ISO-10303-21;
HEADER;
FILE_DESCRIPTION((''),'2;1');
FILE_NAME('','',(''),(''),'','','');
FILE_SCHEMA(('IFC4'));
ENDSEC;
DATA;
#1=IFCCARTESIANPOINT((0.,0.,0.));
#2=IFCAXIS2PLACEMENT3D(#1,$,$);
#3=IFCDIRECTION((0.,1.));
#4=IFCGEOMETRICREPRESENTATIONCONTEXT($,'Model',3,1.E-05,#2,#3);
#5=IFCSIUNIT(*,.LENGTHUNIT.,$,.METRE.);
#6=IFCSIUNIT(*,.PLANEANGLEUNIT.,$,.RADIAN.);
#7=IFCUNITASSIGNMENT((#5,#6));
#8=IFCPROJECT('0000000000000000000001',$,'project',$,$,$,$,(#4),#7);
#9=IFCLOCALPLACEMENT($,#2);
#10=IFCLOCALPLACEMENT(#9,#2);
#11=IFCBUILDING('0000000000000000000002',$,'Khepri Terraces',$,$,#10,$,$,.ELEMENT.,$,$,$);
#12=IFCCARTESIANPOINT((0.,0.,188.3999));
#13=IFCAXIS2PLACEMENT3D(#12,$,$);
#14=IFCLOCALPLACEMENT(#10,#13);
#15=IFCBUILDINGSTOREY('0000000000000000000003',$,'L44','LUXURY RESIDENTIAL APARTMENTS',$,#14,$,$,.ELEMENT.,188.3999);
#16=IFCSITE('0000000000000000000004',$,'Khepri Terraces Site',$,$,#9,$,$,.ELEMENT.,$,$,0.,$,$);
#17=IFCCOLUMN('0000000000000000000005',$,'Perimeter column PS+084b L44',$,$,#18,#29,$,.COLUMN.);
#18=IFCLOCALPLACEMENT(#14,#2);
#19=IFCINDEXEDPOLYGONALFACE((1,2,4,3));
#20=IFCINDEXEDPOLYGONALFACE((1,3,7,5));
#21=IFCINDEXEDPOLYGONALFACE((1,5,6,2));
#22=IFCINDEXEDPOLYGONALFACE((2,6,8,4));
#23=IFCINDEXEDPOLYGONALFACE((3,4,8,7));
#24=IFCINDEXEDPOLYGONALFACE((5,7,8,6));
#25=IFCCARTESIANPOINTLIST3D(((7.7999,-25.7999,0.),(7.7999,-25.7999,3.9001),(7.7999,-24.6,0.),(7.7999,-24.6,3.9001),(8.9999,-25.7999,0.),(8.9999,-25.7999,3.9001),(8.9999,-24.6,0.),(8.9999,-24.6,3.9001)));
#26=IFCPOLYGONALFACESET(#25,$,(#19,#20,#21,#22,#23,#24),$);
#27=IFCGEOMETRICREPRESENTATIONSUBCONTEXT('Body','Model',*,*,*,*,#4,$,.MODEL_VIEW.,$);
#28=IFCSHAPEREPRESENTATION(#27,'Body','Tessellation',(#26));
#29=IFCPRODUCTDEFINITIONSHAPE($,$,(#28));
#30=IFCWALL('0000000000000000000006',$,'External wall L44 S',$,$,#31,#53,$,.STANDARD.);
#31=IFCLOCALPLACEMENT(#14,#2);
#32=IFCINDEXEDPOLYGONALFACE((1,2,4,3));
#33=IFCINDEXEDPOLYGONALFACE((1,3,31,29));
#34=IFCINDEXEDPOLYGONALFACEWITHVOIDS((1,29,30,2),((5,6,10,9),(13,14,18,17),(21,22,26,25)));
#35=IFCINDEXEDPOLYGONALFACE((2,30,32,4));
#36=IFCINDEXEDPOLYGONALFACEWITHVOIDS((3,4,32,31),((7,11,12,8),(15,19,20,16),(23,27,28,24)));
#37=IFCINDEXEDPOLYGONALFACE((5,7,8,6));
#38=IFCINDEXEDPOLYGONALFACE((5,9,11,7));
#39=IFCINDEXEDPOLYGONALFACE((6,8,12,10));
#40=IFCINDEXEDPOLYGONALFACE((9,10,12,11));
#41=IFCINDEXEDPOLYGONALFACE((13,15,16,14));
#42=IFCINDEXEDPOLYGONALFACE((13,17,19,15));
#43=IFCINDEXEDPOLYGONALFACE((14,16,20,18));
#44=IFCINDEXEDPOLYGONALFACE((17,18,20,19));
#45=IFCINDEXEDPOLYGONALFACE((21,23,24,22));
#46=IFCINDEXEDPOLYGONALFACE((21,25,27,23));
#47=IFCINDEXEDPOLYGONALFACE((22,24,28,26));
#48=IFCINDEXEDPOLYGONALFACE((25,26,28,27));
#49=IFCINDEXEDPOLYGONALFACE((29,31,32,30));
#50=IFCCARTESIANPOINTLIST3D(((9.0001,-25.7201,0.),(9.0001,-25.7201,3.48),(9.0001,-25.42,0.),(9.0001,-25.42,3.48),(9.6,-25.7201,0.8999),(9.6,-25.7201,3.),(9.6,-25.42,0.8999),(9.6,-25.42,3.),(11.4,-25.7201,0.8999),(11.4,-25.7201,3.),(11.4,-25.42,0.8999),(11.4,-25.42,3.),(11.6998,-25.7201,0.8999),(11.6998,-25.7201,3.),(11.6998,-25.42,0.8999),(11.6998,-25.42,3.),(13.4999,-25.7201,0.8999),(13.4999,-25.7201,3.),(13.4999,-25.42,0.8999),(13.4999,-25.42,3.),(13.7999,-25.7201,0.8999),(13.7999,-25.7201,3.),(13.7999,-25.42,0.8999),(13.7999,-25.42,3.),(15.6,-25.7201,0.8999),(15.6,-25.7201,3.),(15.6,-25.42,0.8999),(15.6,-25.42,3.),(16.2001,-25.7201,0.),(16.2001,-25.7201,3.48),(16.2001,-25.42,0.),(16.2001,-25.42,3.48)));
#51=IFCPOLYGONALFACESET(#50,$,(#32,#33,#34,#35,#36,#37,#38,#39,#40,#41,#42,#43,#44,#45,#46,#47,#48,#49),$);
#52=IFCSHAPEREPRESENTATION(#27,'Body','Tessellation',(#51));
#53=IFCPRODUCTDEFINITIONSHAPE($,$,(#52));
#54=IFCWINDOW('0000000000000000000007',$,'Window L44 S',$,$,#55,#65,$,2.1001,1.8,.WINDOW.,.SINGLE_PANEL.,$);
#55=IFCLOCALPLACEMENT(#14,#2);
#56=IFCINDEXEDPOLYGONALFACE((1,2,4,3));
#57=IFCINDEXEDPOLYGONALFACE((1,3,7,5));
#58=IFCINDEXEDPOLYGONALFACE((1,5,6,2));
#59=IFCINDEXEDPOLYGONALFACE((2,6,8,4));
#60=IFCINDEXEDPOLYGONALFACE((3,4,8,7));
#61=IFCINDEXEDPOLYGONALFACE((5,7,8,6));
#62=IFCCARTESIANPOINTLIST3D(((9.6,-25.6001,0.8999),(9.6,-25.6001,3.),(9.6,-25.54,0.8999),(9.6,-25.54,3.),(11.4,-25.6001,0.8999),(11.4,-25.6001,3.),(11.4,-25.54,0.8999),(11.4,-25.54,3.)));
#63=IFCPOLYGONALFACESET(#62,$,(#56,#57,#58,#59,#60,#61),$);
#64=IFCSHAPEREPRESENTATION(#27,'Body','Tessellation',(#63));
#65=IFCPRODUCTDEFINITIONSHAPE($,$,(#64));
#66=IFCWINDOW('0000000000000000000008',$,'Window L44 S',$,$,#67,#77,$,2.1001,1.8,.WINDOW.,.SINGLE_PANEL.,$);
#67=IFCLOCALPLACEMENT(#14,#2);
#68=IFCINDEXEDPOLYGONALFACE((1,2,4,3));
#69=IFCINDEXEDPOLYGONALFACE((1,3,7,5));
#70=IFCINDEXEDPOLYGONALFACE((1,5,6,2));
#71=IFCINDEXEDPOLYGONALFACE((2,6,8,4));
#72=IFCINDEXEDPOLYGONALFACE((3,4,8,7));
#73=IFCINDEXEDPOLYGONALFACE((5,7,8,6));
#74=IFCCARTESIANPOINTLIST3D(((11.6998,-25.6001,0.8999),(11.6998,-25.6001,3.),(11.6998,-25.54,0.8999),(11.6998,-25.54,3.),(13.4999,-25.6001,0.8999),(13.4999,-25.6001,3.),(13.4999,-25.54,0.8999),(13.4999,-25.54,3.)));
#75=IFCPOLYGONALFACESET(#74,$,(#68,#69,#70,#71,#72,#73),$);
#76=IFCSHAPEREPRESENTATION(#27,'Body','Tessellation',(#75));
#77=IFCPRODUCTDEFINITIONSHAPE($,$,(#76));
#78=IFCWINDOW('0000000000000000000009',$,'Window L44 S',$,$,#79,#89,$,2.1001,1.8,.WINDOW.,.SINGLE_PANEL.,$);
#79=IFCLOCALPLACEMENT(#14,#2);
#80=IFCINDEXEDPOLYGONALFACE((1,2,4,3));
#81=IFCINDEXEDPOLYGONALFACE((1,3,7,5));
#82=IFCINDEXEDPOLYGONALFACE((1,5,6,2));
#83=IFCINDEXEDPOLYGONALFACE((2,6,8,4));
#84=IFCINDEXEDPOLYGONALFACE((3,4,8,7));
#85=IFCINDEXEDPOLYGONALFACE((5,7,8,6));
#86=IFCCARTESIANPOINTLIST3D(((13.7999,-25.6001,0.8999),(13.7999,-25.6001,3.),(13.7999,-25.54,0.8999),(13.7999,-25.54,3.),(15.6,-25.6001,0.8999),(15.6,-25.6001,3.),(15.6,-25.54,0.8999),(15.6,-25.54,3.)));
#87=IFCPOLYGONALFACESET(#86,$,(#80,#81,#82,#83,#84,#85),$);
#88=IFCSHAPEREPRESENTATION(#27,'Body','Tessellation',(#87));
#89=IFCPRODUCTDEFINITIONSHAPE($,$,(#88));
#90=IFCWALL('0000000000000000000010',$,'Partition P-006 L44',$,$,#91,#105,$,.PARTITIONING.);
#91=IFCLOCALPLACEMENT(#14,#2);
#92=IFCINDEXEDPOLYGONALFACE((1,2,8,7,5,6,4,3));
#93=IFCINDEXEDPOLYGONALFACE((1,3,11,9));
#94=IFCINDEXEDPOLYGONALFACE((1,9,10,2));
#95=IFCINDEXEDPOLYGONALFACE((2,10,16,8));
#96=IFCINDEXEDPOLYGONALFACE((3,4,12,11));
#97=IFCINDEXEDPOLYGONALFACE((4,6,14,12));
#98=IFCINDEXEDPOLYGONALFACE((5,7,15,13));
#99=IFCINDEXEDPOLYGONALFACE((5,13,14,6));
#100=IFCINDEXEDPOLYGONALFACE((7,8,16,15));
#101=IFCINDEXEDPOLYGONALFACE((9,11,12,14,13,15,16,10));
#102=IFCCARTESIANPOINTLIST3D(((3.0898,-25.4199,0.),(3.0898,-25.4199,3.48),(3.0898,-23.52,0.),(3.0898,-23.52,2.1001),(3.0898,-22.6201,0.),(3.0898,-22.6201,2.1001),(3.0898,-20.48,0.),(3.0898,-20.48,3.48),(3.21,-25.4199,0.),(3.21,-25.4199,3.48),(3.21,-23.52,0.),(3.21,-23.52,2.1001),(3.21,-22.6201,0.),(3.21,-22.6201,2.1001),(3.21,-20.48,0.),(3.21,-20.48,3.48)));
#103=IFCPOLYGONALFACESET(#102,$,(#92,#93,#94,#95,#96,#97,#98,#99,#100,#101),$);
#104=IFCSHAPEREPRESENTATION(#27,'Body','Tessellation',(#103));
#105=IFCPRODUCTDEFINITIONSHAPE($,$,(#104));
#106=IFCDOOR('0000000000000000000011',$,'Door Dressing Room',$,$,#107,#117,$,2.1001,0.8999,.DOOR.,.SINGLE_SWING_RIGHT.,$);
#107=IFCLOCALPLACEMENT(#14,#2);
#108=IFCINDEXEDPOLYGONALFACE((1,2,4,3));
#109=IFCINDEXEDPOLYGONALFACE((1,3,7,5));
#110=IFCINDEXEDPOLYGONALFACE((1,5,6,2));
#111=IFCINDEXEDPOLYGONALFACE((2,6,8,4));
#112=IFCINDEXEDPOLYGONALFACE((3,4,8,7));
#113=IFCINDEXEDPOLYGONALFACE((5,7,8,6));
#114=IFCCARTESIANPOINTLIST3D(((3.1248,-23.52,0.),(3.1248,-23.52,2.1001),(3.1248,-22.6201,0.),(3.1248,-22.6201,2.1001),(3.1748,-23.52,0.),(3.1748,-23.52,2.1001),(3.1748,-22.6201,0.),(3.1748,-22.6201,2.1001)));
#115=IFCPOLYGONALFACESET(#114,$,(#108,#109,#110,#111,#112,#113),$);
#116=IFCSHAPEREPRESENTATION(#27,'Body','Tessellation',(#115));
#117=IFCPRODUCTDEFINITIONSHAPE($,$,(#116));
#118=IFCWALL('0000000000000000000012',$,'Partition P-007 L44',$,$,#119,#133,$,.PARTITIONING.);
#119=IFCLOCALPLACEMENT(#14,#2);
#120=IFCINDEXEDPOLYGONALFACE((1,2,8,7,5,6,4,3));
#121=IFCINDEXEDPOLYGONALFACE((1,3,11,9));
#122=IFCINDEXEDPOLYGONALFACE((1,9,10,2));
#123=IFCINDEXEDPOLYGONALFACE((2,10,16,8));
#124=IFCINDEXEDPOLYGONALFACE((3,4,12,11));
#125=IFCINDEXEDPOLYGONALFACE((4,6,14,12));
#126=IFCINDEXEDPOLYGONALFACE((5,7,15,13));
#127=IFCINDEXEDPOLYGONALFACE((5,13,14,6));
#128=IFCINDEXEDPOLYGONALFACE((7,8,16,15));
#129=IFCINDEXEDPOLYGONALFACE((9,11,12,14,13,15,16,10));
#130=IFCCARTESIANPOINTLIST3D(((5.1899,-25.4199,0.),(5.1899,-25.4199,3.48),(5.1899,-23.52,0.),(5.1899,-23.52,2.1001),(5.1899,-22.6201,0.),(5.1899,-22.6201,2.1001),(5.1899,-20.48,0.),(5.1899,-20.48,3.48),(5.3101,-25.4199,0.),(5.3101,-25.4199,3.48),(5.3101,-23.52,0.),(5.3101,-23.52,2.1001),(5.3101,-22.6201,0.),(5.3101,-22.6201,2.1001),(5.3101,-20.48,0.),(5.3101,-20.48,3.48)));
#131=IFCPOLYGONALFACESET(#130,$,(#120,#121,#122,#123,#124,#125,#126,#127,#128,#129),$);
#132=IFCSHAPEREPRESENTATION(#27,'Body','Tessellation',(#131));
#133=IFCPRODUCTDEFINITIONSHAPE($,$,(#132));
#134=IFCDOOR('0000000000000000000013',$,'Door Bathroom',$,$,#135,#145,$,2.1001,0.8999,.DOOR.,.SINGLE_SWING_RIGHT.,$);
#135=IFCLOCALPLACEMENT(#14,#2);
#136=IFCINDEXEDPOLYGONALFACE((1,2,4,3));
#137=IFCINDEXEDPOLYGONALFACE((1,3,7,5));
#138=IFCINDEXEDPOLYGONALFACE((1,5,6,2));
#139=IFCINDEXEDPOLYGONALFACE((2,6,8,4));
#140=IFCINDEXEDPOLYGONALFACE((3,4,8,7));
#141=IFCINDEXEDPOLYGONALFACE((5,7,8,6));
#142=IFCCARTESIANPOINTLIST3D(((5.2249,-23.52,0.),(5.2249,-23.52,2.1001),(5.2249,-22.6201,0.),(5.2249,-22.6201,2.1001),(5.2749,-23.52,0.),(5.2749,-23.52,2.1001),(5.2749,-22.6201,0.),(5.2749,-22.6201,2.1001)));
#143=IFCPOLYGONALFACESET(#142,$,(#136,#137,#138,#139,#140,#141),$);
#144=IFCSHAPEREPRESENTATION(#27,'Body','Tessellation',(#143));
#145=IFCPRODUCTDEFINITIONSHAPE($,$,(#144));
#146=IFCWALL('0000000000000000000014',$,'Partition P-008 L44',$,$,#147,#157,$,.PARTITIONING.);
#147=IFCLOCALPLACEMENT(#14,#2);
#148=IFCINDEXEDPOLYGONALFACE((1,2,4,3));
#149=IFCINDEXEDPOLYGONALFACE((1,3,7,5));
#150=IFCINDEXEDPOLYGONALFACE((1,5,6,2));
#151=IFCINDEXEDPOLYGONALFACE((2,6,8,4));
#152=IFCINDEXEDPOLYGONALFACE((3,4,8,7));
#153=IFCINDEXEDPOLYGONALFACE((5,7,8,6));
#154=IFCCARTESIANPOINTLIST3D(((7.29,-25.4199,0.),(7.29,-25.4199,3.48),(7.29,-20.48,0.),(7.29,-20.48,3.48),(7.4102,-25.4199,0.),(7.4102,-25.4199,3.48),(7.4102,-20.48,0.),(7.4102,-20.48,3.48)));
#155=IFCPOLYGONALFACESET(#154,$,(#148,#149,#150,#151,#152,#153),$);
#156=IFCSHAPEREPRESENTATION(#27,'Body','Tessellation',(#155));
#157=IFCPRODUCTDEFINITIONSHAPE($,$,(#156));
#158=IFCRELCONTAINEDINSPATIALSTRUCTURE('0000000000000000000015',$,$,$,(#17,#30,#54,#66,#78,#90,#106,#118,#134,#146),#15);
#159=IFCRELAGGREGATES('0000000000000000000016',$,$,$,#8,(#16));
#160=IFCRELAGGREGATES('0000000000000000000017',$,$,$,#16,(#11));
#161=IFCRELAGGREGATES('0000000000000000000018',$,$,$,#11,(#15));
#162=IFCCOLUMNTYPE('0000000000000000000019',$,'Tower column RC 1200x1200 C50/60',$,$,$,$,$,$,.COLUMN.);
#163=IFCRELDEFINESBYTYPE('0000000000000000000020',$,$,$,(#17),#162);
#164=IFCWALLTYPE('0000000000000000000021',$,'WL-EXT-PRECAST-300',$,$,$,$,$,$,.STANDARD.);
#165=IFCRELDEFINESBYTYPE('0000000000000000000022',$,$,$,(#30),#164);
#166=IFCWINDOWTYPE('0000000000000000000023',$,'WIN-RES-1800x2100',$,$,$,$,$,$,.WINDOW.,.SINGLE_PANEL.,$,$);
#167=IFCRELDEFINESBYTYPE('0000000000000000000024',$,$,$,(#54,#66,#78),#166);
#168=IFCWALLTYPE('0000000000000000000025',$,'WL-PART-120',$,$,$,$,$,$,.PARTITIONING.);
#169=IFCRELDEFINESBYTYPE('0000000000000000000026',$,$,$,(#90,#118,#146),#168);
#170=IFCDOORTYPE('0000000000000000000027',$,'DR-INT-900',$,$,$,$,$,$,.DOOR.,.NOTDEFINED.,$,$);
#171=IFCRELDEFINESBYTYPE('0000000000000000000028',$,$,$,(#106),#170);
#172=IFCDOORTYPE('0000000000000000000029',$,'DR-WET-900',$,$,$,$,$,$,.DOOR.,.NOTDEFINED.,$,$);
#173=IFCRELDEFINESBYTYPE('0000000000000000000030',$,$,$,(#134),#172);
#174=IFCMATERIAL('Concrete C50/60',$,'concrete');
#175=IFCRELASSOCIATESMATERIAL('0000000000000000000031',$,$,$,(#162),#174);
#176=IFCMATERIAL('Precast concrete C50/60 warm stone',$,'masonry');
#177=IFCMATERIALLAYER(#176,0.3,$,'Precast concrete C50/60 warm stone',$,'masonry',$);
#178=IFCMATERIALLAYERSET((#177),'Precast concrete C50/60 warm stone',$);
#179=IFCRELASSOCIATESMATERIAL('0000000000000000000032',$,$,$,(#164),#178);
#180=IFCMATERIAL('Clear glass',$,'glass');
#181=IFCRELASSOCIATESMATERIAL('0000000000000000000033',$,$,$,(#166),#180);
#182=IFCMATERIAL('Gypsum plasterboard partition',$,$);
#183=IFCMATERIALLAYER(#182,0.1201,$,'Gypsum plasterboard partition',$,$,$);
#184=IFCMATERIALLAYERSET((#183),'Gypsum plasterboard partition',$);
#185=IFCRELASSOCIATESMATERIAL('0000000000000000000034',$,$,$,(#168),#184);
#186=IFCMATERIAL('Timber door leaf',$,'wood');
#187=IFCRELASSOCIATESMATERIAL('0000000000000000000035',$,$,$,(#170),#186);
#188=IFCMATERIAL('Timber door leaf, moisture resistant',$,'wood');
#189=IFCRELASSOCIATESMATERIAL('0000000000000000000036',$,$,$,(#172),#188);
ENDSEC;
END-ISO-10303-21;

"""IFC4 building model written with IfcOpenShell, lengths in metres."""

from ifc_helpers import new_model, si_unit, direction, frame, frame_2d, origin, origin_2d, place, context, subcontext, project, spatial, rectangle, extrude, material, layer, layer_set, material_profile, profile_set, type_object, element, fill, save


model = new_model("IFC4")

# Units and contexts
model_context = context("Model", 3, precision=1e-05, world=origin(), true_north=direction((0.0, 1.0)))
body_context = subcontext(model_context, "Body", "Model", "MODEL_VIEW")
ifc_project = project(units=[si_unit("LENGTHUNIT", "METRE"), si_unit("PLANEANGLEUNIT", "RADIAN")], contexts=[model_context])

# Site, building, storey
site_placement = place(None, origin())
site = spatial("IfcSite", under=ifc_project, at=site_placement, Name="Khepri Terraces Site", CompositionType="ELEMENT", RefElevation=0.0)
building_placement = place(site_placement, origin())
building = spatial("IfcBuilding", under=site, at=building_placement, Name="Khepri Terraces", CompositionType="ELEMENT")
storey_placement = place(building_placement, frame((0.0, 0.0, 188.3999)))
storey = spatial("IfcBuildingStorey", under=building, at=storey_placement, Name="L44", Description="LUXURY RESIDENTIAL APARTMENTS", CompositionType="ELEMENT", Elevation=188.3999)

# Column
ifc_material_1 = material(Name="Concrete C50/60", Category="concrete")
ifc_material_profile = material_profile(ifc_material_1, rectangle(XDim=1.2, YDim=1.2, at=origin_2d()), Name="Concrete C50/60", Category="concrete")
ifc_profile_set = profile_set([ifc_material_profile], Name="Concrete C50/60")
column_type = type_object("IfcColumnType", Name="Tower column RC 1200x1200 C50/60", PredefinedType="COLUMN", material=ifc_profile_set)
column_placement = place(storey_placement, frame((8.3999, -25.2, 0.0), z_axis=(0.0, 0.0, 1.0), x_axis=(1.0, 0.0, 0.0)))
element("IfcColumn", 1, at=column_placement, inside=storey, type_object=column_type, Name="Perimeter column PS+084b L44", PredefinedType="COLUMN", context=body_context, shape_type="SweptSolid", body=[
    extrude(rectangle(XDim=1.2, YDim=1.2, at=origin_2d()), origin(), (0.0, 0.0, 1.0), 3.9001),
])

# Shared definitions
ifc_material_2 = material(Name="Precast concrete C50/60 warm stone", Category="masonry")
ifc_layer_1 = layer(ifc_material_2, 0.3, Name="Precast concrete C50/60 warm stone", Category="masonry")
ifc_layer_set_1 = layer_set([ifc_layer_1], Name="Precast concrete C50/60 warm stone")
wall_type_1 = type_object("IfcWallType", Name="WL-EXT-PRECAST-300", PredefinedType="STANDARD", material=ifc_layer_set_1)
ifc_material_3 = material(Name="Clear glass", Category="glass")
window_type = type_object("IfcWindowType", Name="WIN-RES-1800x2100", PartitioningType="SINGLE_PANEL", PredefinedType="WINDOW", material=ifc_material_3)

# Wall, openings, windows
wall_1_placement = place(storey_placement, frame((9.0, -25.5701, 0.0), z_axis=(0.0, 0.0, 1.0), x_axis=(1.0, 0.0, 0.0)))
wall_1 = element("IfcWall", 2, at=wall_1_placement, inside=storey, type_object=wall_type_1, Name="External wall L44 S", PredefinedType="STANDARD", context=body_context, shape_type="SweptSolid", body=[
    extrude(rectangle(XDim=7.2, YDim=0.3, at=frame_2d((3.6001, 0.0))), origin(), (0.0, 0.0, 1.0), 3.48),
])
opening_1_placement = place(wall_1_placement, frame((0.6001, 0.0, 0.8999)))
opening_1 = element("IfcOpeningElement", 3, at=opening_1_placement, cuts=wall_1, PredefinedType="OPENING", context=body_context, shape_type="SweptSolid", body=[
    extrude(rectangle(XDim=1.8, YDim=2.1001, at=frame_2d((0.8999, 1.05))), frame((0.0, 0.1602, 0.0), z_axis=(0.0, -1.0, 0.0), x_axis=(1.0, 0.0, 0.0)), (0.0, 0.0, 1.0), 0.3201),
])
opening_2_placement = place(wall_1_placement, frame((2.7, 0.0, 0.8999)))
opening_2 = element("IfcOpeningElement", 4, at=opening_2_placement, cuts=wall_1, PredefinedType="OPENING", context=body_context, shape_type="SweptSolid", body=[
    extrude(rectangle(XDim=1.8, YDim=2.1001, at=frame_2d((0.8999, 1.05))), frame((0.0, 0.1602, 0.0), z_axis=(0.0, -1.0, 0.0), x_axis=(1.0, 0.0, 0.0)), (0.0, 0.0, 1.0), 0.3201),
])
opening_3_placement = place(wall_1_placement, frame((4.8, 0.0, 0.8999)))
opening_3 = element("IfcOpeningElement", 5, at=opening_3_placement, cuts=wall_1, PredefinedType="OPENING", context=body_context, shape_type="SweptSolid", body=[
    extrude(rectangle(XDim=1.8, YDim=2.1001, at=frame_2d((0.8999, 1.05))), frame((0.0, 0.1602, 0.0), z_axis=(0.0, -1.0, 0.0), x_axis=(1.0, 0.0, 0.0)), (0.0, 0.0, 1.0), 0.3201),
])
window_1_placement = place(opening_1_placement, origin())
window_1 = element("IfcWindow", 6, at=window_1_placement, inside=storey, type_object=window_type, Name="Window L44 S", OverallHeight=2.1001, OverallWidth=1.8, PartitioningType="SINGLE_PANEL", PredefinedType="WINDOW", context=body_context, shape_type="SweptSolid", body=[
    extrude(rectangle(XDim=1.8, YDim=2.1001, at=frame_2d((0.8999, 1.05))), frame((0.0, 0.03, 0.0), z_axis=(0.0, -1.0, 0.0), x_axis=(1.0, 0.0, 0.0)), (0.0, 0.0, 1.0), 0.0601),
])
fill(opening_1, window_1)
window_2_placement = place(opening_2_placement, origin())
window_2 = element("IfcWindow", 7, at=window_2_placement, inside=storey, type_object=window_type, Name="Window L44 S", OverallHeight=2.1001, OverallWidth=1.8, PartitioningType="SINGLE_PANEL", PredefinedType="WINDOW", context=body_context, shape_type="SweptSolid", body=[
    extrude(rectangle(XDim=1.8, YDim=2.1001, at=frame_2d((0.8999, 1.05))), frame((0.0, 0.03, 0.0), z_axis=(0.0, -1.0, 0.0), x_axis=(1.0, 0.0, 0.0)), (0.0, 0.0, 1.0), 0.0601),
])
fill(opening_2, window_2)
window_3_placement = place(opening_3_placement, origin())
window_3 = element("IfcWindow", 8, at=window_3_placement, inside=storey, type_object=window_type, Name="Window L44 S", OverallHeight=2.1001, OverallWidth=1.8, PartitioningType="SINGLE_PANEL", PredefinedType="WINDOW", context=body_context, shape_type="SweptSolid", body=[
    extrude(rectangle(XDim=1.8, YDim=2.1001, at=frame_2d((0.8999, 1.05))), frame((0.0, 0.03, 0.0), z_axis=(0.0, -1.0, 0.0), x_axis=(1.0, 0.0, 0.0)), (0.0, 0.0, 1.0), 0.0601),
])
fill(opening_3, window_3)

# Walls, openings, doors
ifc_material_4 = material(Name="Gypsum plasterboard partition")
ifc_layer_2 = layer(ifc_material_4, 0.1201, Name="Gypsum plasterboard partition")
ifc_layer_set_2 = layer_set([ifc_layer_2], Name="Gypsum plasterboard partition")
wall_type_2 = type_object("IfcWallType", Name="WL-PART-120", PredefinedType="PARTITIONING", material=ifc_layer_set_2)
wall_2_placement = place(storey_placement, frame((3.1499, -25.4199, 0.0), z_axis=(0.0, 0.0, 1.0), x_axis=(0.0, 1.0, 0.0)))
wall_2 = element("IfcWall", 9, at=wall_2_placement, inside=storey, type_object=wall_type_2, Name="Partition P-006 L44", PredefinedType="PARTITIONING", context=body_context, shape_type="SweptSolid", body=[
    extrude(rectangle(XDim=4.9399, YDim=0.1201, at=frame_2d((2.47, 0.0))), origin(), (0.0, 0.0, 1.0), 3.48),
])
opening_4_placement = place(wall_2_placement, frame((1.8999, 0.0, 0.0)))
opening_4 = element("IfcOpeningElement", 10, at=opening_4_placement, cuts=wall_2, PredefinedType="OPENING", context=body_context, shape_type="SweptSolid", body=[
    extrude(rectangle(XDim=0.8999, YDim=2.1001, at=frame_2d((0.45, 1.05))), frame((0.0, 0.0701, 0.0), z_axis=(0.0, -1.0, 0.0), x_axis=(1.0, 0.0, 0.0)), (0.0, 0.0, 1.0), 0.1401),
])
ifc_material_5 = material(Name="Timber door leaf", Category="wood")
door_type_1 = type_object("IfcDoorType", Name="DR-INT-900", OperationType="NOTDEFINED", PredefinedType="DOOR", material=ifc_material_5)
door_1_placement = place(opening_4_placement, frame((0.8999, 0.0, 0.0), z_axis=(0.0, 0.0, 1.0), x_axis=(-1.0, 0.0, 0.0)))
door_1 = element("IfcDoor", 11, at=door_1_placement, inside=storey, type_object=door_type_1, Name="Door Dressing Room", OperationType="SINGLE_SWING_RIGHT", OverallHeight=2.1001, OverallWidth=0.8999, PredefinedType="DOOR", context=body_context, shape_type="SweptSolid", body=[
    extrude(rectangle(XDim=0.8999, YDim=2.1001, at=frame_2d((0.45, 1.05))), frame((0.0, 0.0249, 0.0), z_axis=(0.0, -1.0, 0.0), x_axis=(1.0, 0.0, 0.0)), (0.0, 0.0, 1.0), 0.05),
])
fill(opening_4, door_1)
wall_3_placement = place(storey_placement, frame((5.25, -25.4199, 0.0), z_axis=(0.0, 0.0, 1.0), x_axis=(0.0, 1.0, 0.0)))
wall_3 = element("IfcWall", 12, at=wall_3_placement, inside=storey, type_object=wall_type_2, Name="Partition P-007 L44", PredefinedType="PARTITIONING", context=body_context, shape_type="SweptSolid", body=[
    extrude(rectangle(XDim=4.9399, YDim=0.1201, at=frame_2d((2.47, 0.0))), origin(), (0.0, 0.0, 1.0), 3.48),
])
opening_5_placement = place(wall_3_placement, frame((1.8999, 0.0, 0.0)))
opening_5 = element("IfcOpeningElement", 13, at=opening_5_placement, cuts=wall_3, PredefinedType="OPENING", context=body_context, shape_type="SweptSolid", body=[
    extrude(rectangle(XDim=0.8999, YDim=2.1001, at=frame_2d((0.45, 1.05))), frame((0.0, 0.0701, 0.0), z_axis=(0.0, -1.0, 0.0), x_axis=(1.0, 0.0, 0.0)), (0.0, 0.0, 1.0), 0.1401),
])
ifc_material_6 = material(Name="Timber door leaf, moisture resistant", Category="wood")
door_type_2 = type_object("IfcDoorType", Name="DR-WET-900", OperationType="NOTDEFINED", PredefinedType="DOOR", material=ifc_material_6)
door_2_placement = place(opening_5_placement, frame((0.8999, 0.0, 0.0), z_axis=(0.0, 0.0, 1.0), x_axis=(-1.0, 0.0, 0.0)))
door_2 = element("IfcDoor", 14, at=door_2_placement, inside=storey, type_object=door_type_2, Name="Door Bathroom", OperationType="SINGLE_SWING_RIGHT", OverallHeight=2.1001, OverallWidth=0.8999, PredefinedType="DOOR", context=body_context, shape_type="SweptSolid", body=[
    extrude(rectangle(XDim=0.8999, YDim=2.1001, at=frame_2d((0.45, 1.05))), frame((0.0, 0.0249, 0.0), z_axis=(0.0, -1.0, 0.0), x_axis=(1.0, 0.0, 0.0)), (0.0, 0.0, 1.0), 0.05),
])
fill(opening_5, door_2)

# Wall
wall_4_placement = place(storey_placement, frame((7.3501, -25.4199, 0.0), z_axis=(0.0, 0.0, 1.0), x_axis=(0.0, 1.0, 0.0)))
element("IfcWall", 15, at=wall_4_placement, inside=storey, type_object=wall_type_2, Name="Partition P-008 L44", PredefinedType="PARTITIONING", context=body_context, shape_type="SweptSolid", body=[
    extrude(rectangle(XDim=4.9399, YDim=0.1201, at=frame_2d((2.47, 0.0))), origin(), (0.0, 0.0, 1.0), 3.48),
])

save(model, "model.ifc")
